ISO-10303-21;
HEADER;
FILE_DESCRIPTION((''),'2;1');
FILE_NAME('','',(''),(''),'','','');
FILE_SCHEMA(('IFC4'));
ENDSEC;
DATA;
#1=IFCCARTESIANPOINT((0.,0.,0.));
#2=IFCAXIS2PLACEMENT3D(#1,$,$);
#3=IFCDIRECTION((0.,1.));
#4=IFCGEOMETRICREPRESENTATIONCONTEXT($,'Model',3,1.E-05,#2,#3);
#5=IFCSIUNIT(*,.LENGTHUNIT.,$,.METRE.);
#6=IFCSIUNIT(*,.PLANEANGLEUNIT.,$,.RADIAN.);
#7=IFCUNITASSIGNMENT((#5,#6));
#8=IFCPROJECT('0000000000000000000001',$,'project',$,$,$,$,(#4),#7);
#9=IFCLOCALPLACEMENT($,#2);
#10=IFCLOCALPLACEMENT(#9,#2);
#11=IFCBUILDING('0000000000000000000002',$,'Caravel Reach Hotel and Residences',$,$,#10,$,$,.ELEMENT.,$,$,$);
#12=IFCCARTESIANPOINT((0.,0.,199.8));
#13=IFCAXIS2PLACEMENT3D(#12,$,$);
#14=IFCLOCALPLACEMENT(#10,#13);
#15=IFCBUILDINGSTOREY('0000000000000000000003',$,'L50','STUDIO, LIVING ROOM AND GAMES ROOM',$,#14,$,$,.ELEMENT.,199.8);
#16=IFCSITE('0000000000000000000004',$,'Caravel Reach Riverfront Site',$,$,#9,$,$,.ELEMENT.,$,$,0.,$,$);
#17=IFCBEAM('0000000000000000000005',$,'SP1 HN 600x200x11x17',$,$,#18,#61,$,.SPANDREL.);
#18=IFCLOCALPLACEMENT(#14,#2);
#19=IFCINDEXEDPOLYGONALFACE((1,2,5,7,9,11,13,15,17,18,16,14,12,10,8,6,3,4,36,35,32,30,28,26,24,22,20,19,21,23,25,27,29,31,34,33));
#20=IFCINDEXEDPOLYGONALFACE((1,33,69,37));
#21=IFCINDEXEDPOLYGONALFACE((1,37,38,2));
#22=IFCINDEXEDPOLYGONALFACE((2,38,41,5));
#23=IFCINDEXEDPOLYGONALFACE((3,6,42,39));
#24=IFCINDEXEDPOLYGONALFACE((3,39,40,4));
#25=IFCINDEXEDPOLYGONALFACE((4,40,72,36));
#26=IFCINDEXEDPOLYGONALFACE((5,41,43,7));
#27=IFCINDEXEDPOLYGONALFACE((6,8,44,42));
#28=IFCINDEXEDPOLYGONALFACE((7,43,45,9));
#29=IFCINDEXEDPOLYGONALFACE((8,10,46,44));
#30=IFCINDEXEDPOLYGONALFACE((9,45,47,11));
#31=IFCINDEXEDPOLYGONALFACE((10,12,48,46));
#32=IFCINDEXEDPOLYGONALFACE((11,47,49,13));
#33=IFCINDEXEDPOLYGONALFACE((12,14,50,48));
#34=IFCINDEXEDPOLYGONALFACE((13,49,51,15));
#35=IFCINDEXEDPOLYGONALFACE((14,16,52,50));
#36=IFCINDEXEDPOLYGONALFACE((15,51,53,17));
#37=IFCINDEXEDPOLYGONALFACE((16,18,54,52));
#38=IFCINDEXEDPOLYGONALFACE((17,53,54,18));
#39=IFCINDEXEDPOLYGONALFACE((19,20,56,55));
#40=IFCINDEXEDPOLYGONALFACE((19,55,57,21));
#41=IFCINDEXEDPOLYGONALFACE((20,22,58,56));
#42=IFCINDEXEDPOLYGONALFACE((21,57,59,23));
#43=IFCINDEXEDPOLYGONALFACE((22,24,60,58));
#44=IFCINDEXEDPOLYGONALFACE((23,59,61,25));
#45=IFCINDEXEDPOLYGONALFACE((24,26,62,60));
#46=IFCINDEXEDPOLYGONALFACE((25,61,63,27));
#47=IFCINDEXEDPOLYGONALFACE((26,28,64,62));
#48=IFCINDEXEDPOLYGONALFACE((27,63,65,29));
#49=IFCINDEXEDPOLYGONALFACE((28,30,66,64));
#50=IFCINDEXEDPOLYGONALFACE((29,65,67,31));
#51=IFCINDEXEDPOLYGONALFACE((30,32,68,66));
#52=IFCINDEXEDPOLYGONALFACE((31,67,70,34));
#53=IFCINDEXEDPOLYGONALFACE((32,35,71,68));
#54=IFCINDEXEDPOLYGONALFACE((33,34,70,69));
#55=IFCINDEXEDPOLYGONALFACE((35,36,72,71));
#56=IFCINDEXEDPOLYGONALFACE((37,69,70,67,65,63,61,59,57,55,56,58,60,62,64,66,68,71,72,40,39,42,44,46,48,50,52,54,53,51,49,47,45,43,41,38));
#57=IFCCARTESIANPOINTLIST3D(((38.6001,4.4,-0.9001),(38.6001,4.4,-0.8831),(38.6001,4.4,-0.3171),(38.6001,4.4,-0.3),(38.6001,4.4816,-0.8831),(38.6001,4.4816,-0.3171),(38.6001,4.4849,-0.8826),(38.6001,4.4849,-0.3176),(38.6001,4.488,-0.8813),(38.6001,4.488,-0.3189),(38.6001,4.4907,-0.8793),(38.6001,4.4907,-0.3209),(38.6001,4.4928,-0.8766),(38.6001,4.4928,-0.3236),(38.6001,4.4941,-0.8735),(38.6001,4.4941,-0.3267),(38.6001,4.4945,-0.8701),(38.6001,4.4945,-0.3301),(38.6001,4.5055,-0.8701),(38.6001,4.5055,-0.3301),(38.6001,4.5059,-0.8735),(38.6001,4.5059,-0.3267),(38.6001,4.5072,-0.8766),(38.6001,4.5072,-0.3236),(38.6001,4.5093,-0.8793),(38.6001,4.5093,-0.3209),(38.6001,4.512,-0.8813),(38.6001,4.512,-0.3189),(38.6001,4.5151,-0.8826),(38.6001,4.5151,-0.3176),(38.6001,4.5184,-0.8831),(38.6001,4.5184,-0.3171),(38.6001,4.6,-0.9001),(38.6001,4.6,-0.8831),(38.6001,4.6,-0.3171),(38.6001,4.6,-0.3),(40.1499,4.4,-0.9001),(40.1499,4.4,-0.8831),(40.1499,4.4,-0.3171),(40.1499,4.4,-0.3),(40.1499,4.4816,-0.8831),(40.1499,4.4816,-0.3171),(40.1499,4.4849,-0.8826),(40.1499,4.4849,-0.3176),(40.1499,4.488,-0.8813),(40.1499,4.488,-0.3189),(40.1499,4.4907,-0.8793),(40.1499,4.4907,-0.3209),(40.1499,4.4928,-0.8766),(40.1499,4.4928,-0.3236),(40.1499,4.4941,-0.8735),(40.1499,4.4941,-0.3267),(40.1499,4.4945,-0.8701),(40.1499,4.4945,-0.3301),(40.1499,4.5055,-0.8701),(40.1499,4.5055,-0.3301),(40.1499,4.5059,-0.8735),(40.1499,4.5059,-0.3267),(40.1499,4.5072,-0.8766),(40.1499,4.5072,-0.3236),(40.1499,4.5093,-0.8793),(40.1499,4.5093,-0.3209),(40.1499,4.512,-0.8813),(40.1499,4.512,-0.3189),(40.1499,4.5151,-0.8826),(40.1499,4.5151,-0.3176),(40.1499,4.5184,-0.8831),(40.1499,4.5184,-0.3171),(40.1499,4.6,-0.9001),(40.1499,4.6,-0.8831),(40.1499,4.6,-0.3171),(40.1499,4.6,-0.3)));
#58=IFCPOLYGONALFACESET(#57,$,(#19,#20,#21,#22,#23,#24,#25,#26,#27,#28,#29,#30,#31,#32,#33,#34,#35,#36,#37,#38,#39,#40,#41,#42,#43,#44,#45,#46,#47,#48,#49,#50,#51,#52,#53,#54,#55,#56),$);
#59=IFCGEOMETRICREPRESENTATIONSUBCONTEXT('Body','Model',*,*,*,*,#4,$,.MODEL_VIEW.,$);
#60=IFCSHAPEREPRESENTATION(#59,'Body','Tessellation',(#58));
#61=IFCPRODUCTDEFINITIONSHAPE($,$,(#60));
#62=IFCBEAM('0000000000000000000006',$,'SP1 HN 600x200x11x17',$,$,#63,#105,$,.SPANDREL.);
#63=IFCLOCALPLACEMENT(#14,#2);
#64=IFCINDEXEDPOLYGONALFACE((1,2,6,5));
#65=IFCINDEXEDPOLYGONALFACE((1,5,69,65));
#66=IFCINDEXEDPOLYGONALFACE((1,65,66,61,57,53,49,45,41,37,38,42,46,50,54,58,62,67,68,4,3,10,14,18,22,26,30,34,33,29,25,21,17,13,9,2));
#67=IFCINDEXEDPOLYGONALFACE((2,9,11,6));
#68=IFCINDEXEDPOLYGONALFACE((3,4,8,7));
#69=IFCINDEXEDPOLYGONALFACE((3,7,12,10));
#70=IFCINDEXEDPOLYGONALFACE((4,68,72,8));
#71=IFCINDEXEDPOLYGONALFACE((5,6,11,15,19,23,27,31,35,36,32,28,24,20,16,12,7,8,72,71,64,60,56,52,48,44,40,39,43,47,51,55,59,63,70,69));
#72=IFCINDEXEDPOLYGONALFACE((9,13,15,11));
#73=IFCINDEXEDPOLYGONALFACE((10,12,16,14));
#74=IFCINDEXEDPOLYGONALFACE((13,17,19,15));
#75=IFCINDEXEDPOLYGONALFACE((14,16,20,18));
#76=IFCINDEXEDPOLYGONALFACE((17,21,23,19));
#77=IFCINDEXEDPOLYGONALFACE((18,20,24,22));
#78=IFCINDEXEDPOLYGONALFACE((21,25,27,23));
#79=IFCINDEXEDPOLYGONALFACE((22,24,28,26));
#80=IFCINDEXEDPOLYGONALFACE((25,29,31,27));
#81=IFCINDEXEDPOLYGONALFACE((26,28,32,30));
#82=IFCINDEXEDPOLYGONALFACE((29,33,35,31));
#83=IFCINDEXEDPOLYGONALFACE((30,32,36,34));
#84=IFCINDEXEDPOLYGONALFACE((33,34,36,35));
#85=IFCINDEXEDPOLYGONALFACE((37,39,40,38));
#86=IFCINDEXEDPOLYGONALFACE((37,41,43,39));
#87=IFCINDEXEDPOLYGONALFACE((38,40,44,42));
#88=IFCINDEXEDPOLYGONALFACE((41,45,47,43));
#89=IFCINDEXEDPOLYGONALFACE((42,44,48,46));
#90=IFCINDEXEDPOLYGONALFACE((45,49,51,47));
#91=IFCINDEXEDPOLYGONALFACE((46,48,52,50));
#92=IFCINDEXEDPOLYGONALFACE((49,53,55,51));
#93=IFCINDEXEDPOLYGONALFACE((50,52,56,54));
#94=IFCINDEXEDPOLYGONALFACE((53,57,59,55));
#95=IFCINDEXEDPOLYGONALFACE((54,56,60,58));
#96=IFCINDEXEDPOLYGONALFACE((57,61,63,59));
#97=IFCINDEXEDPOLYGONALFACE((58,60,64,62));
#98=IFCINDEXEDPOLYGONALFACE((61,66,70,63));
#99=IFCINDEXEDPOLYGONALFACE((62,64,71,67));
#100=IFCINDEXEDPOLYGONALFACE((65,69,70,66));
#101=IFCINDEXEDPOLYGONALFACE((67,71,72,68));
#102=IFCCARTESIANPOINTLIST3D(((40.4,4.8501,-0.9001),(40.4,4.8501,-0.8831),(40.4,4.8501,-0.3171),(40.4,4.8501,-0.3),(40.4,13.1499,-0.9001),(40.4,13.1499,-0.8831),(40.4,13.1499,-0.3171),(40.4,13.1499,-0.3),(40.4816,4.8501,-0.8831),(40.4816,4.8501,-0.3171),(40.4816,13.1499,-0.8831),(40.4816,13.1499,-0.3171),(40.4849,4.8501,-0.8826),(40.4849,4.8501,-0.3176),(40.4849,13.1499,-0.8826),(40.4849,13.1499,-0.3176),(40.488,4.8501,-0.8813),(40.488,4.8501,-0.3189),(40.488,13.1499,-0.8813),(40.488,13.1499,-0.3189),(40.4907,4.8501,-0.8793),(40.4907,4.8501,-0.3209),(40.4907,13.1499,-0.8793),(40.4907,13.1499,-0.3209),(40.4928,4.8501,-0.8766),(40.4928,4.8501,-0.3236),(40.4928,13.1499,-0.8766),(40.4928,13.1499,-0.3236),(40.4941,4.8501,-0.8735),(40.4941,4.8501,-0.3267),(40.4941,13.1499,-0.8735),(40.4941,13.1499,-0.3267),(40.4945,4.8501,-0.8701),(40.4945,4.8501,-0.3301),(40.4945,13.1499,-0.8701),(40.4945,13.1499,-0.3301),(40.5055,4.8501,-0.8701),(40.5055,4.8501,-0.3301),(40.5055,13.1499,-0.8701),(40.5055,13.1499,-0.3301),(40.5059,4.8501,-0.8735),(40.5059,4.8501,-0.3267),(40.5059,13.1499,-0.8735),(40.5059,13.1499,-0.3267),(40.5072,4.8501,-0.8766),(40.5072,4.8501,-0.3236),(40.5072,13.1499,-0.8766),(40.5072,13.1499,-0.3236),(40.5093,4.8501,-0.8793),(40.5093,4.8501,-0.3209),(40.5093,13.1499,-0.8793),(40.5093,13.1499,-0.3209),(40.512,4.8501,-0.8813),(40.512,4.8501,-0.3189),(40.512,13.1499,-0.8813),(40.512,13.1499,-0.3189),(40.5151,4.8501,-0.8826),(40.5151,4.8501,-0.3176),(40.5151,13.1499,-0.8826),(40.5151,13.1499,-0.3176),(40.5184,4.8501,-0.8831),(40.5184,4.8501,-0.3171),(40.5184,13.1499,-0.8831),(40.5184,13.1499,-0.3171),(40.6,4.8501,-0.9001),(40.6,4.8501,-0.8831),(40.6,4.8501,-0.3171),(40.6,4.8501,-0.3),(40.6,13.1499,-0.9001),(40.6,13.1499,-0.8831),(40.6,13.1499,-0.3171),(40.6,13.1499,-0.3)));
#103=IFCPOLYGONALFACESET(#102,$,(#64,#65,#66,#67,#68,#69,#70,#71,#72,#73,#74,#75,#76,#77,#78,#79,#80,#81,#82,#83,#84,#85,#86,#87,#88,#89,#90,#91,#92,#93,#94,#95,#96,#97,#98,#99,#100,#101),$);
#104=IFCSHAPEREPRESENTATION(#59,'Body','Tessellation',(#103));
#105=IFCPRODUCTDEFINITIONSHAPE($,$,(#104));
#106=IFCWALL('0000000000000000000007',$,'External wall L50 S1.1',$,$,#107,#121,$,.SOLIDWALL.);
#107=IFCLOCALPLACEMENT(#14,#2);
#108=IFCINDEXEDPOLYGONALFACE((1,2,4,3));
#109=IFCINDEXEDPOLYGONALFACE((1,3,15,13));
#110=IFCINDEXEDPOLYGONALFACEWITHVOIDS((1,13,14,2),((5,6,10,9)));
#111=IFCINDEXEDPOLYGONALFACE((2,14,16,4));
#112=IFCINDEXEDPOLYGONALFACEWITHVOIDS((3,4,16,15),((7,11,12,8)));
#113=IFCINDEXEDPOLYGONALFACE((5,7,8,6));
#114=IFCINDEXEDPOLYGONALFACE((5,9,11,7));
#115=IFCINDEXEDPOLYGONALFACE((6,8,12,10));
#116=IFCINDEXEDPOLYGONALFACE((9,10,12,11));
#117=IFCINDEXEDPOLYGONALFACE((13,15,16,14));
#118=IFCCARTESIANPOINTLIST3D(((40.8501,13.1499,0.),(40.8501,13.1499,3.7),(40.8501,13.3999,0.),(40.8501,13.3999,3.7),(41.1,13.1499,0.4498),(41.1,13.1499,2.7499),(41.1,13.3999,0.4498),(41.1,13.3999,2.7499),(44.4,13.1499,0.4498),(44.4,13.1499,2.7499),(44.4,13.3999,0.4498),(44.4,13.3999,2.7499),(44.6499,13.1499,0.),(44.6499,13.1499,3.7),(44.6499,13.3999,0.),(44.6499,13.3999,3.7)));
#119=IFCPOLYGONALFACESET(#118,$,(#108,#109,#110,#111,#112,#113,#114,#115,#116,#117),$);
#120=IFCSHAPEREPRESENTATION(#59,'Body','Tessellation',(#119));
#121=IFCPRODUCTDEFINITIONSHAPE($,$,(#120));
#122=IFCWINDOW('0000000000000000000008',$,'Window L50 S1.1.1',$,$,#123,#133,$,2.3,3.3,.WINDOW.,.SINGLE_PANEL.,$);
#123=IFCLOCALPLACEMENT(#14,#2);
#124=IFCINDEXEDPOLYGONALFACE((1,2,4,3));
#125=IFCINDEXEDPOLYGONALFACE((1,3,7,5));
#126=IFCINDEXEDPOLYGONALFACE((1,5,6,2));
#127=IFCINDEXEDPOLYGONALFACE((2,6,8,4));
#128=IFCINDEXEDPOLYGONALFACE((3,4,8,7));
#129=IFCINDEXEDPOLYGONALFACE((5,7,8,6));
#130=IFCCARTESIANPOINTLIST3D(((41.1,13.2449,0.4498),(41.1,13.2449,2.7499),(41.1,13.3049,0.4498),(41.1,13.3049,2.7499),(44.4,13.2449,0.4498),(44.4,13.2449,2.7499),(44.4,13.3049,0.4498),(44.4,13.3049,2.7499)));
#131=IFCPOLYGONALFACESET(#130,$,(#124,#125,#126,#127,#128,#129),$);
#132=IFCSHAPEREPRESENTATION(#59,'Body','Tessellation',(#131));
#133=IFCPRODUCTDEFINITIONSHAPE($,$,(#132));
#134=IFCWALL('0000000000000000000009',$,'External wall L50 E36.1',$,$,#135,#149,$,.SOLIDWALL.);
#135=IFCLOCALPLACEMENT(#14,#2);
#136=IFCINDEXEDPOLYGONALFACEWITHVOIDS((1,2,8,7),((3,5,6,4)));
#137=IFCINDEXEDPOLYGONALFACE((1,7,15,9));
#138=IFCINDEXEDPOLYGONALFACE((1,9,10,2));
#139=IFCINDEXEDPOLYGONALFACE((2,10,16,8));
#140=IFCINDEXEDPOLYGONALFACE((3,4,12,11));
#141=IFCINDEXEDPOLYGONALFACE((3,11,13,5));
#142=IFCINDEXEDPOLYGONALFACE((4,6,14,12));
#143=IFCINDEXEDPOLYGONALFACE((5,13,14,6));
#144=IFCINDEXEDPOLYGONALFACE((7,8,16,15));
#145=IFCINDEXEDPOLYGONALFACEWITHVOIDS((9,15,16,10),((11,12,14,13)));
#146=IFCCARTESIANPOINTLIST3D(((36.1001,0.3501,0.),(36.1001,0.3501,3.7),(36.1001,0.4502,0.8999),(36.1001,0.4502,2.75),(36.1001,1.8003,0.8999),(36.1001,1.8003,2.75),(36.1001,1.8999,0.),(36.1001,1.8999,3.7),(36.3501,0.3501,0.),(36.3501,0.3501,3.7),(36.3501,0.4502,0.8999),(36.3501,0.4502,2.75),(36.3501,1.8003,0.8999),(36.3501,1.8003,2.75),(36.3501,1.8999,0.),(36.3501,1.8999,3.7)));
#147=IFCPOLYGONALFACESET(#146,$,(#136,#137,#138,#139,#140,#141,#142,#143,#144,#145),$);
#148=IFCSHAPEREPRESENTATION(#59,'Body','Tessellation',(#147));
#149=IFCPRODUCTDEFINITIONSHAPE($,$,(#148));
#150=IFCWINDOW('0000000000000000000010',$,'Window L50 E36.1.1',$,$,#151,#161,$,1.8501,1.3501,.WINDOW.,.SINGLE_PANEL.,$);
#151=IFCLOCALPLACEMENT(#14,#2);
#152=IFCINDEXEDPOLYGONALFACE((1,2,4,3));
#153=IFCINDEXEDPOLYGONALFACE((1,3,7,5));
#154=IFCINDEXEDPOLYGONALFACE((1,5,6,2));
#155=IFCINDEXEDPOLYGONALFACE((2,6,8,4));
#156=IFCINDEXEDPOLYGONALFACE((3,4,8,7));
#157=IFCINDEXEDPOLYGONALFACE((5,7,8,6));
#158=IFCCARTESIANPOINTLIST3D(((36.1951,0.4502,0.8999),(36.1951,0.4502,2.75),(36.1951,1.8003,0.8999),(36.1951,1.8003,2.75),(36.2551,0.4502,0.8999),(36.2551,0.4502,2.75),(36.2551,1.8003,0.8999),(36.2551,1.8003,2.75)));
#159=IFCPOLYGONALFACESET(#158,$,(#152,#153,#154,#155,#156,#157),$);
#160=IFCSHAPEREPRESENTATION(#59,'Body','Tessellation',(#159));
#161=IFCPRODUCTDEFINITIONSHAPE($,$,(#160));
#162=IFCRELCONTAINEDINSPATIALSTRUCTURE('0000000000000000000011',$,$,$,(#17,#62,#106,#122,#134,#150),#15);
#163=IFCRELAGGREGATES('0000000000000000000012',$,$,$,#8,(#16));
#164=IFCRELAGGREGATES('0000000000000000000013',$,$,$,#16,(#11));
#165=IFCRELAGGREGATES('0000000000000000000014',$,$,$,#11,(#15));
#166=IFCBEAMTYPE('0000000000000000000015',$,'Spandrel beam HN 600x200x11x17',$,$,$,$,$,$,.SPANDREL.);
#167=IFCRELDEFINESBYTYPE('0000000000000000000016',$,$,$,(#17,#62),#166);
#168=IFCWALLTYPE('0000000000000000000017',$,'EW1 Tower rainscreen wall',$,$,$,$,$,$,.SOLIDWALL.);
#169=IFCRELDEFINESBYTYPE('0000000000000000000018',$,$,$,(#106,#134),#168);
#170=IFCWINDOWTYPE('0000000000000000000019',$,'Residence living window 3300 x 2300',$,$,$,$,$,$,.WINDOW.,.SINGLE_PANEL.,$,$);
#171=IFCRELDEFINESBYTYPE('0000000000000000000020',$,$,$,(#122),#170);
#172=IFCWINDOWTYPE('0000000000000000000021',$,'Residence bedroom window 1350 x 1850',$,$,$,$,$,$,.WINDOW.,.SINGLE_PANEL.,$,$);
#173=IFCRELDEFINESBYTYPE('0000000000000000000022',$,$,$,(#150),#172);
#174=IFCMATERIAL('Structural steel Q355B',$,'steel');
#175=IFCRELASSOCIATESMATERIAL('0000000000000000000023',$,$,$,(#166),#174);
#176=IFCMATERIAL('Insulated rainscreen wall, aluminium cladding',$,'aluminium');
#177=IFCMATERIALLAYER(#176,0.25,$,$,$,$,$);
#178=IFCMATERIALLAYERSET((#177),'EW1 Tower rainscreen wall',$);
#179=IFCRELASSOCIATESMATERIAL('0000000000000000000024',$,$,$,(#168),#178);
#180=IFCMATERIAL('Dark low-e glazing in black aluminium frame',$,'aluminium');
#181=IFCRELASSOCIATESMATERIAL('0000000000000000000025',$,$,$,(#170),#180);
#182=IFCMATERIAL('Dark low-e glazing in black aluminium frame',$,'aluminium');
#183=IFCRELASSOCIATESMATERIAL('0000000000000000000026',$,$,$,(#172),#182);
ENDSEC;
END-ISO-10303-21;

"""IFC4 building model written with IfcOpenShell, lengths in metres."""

from ifc_helpers import new_model, si_unit, direction, frame, frame_2d, origin, origin_2d, place, context, subcontext, project, spatial, rectangle, i_section, extrude, material, layer, layer_set, material_profile, profile_set, type_object, element, fill, save


model = new_model("IFC4")

# Units and contexts
model_context = context("Model", 3, precision=1e-05, world=origin(), true_north=direction((0.0, 1.0)))
body_context = subcontext(model_context, "Body", "Model", "MODEL_VIEW")
ifc_project = project(units=[si_unit("LENGTHUNIT", "METRE"), si_unit("PLANEANGLEUNIT", "RADIAN")], contexts=[model_context])

# Site, building, storey
site_placement = place(None, origin())
site = spatial("IfcSite", under=ifc_project, at=site_placement, Name="Caravel Reach Riverfront Site", CompositionType="ELEMENT", RefElevation=0.0)
building_placement = place(site_placement, origin())
building = spatial("IfcBuilding", under=site, at=building_placement, Name="Caravel Reach Hotel and Residences", CompositionType="ELEMENT")
storey_placement = place(building_placement, frame((0.0, 0.0, 199.8)))
storey = spatial("IfcBuildingStorey", under=building, at=storey_placement, Name="L50", Description="STUDIO, LIVING ROOM AND GAMES ROOM", CompositionType="ELEMENT", Elevation=199.8)

# Beams
ifc_material_1 = material(Name="Structural steel Q355B", Category="steel")
ifc_material_profile_1 = material_profile(ifc_material_1, i_section(OverallWidth=0.2, OverallDepth=0.6001, WebThickness=0.011, FlangeThickness=0.0171, FilletRadius=0.0129, at=origin_2d()), Name="HN 600x200x11x17")
ifc_profile_set_1 = profile_set([ifc_material_profile_1], Name="Structural steel Q355B")
beam_type_1 = type_object("IfcBeamType", Name="Spandrel beam HN 600x200x11x17", PredefinedType="SPANDREL", material=ifc_profile_set_1)
for number, where, z_axis, x_axis, name in (
    (1, (38.6001, 4.5, -0.6001), (1.0, 0.0, 0.0), (0.0, 1.0, 0.0), "SP1 HN 600x200x11x17"),
):
    element("IfcBeam", number, at=place(storey_placement, frame(where, z_axis=z_axis, x_axis=x_axis)), inside=storey, type_object=beam_type_1, Name=name, PredefinedType="SPANDREL", context=body_context, shape_type="SweptSolid", body=[
        extrude(i_section(OverallWidth=0.2, OverallDepth=0.6001, WebThickness=0.011, FlangeThickness=0.0171, FilletRadius=0.0129, at=origin_2d()), origin(), (0.0, 0.0, 1.0), 1.5498),
    ])
beam_1_placement = place(storey_placement, frame((40.5, 4.8501, -0.6001), z_axis=(0.0, 1.0, 0.0), x_axis=(-1.0, 0.0, 0.0)))
element("IfcBeam", 2, at=beam_1_placement, inside=storey, type_object=beam_type_1, Name="SP1 HN 600x200x11x17", PredefinedType="SPANDREL", context=body_context, shape_type="SweptSolid", body=[
    extrude(i_section(OverallWidth=0.2, OverallDepth=0.6001, WebThickness=0.011, FlangeThickness=0.0171, FilletRadius=0.0129, at=origin_2d()), origin(), (0.0, 0.0, 1.0), 8.2998),
])

# Walls, openings, windows
ifc_material_2 = material(Name="Insulated rainscreen wall, aluminium cladding", Category="aluminium")
ifc_layer_1 = layer(ifc_material_2, 0.25)
ifc_layer_set_1 = layer_set([ifc_layer_1], Name="EW1 Tower rainscreen wall")
wall_type_1 = type_object("IfcWallType", Name="EW1 Tower rainscreen wall", PredefinedType="SOLIDWALL", material=ifc_layer_set_1)
wall_1_placement = place(storey_placement, frame((40.8501, 13.2749, 0.0), z_axis=(0.0, 0.0, 1.0), x_axis=(1.0, 0.0, 0.0)))
wall_1 = element("IfcWall", 3, at=wall_1_placement, inside=storey, type_object=wall_type_1, Name="External wall L50 S1.1", PredefinedType="SOLIDWALL", context=body_context, shape_type="SweptSolid", body=[
    extrude(rectangle(XDim=3.7998, YDim=0.25, at=frame_2d((1.8999, 0.0))), origin(), (0.0, 0.0, 1.0), 3.7),
])
opening_1_placement = place(wall_1_placement, frame((0.25, 0.0, 0.45)))
opening_1 = element("IfcOpeningElement", 4, at=opening_1_placement, cuts=wall_1, PredefinedType="OPENING", context=body_context, shape_type="SweptSolid", body=[
    extrude(rectangle(XDim=3.3, YDim=2.3, at=frame_2d((1.6499, 1.1499))), frame((0.0, 0.135, 0.0), z_axis=(0.0, -1.0, 0.0), x_axis=(1.0, 0.0, 0.0)), (0.0, 0.0, 1.0), 0.27),
])
ifc_material_3 = material(Name="Dark low-e glazing in black aluminium frame", Category="aluminium")
window_type_1 = type_object("IfcWindowType", Name="Residence living window 3300 x 2300", PartitioningType="SINGLE_PANEL", PredefinedType="WINDOW", material=ifc_material_3)
window_1_placement = place(opening_1_placement, origin())
window_1 = element("IfcWindow", 5, at=window_1_placement, inside=storey, type_object=window_type_1, Name="Window L50 S1.1.1", OverallHeight=2.3, OverallWidth=3.3, PartitioningType="SINGLE_PANEL", PredefinedType="WINDOW", context=body_context, shape_type="SweptSolid", body=[
    extrude(rectangle(XDim=3.3, YDim=2.3, at=frame_2d((1.6499, 1.1499))), frame((0.0, 0.03, 0.0), z_axis=(0.0, -1.0, 0.0), x_axis=(1.0, 0.0, 0.0)), (0.0, 0.0, 1.0), 0.0601),
])
fill(opening_1, window_1)
wall_2_placement = place(storey_placement, frame((36.2251, 0.3501, 0.0), z_axis=(0.0, 0.0, 1.0), x_axis=(0.0, 1.0, 0.0)))
wall_2 = element("IfcWall", 6, at=wall_2_placement, inside=storey, type_object=wall_type_1, Name="External wall L50 E36.1", PredefinedType="SOLIDWALL", context=body_context, shape_type="SweptSolid", body=[
    extrude(rectangle(XDim=1.5498, YDim=0.25, at=frame_2d((0.7749, 0.0))), origin(), (0.0, 0.0, 1.0), 3.7),
])
opening_2_placement = place(wall_2_placement, frame((0.1001, 0.0, 0.8999)))
opening_2 = element("IfcOpeningElement", 7, at=opening_2_placement, cuts=wall_2, PredefinedType="OPENING", context=body_context, shape_type="SweptSolid", body=[
    extrude(rectangle(XDim=1.3501, YDim=1.8501, at=frame_2d((0.675, 0.925))), frame((0.0, 0.135, 0.0), z_axis=(0.0, -1.0, 0.0), x_axis=(1.0, 0.0, 0.0)), (0.0, 0.0, 1.0), 0.27),
])
ifc_material_4 = material(Name="Dark low-e glazing in black aluminium frame", Category="aluminium")
window_type_2 = type_object("IfcWindowType", Name="Residence bedroom window 1350 x 1850", PartitioningType="SINGLE_PANEL", PredefinedType="WINDOW", material=ifc_material_4)
window_2_placement = place(opening_2_placement, origin())
window_2 = element("IfcWindow", 8, at=window_2_placement, inside=storey, type_object=window_type_2, Name="Window L50 E36.1.1", OverallHeight=1.8501, OverallWidth=1.3501, PartitioningType="SINGLE_PANEL", PredefinedType="WINDOW", context=body_context, shape_type="SweptSolid", body=[
    extrude(rectangle(XDim=1.3501, YDim=1.8501, at=frame_2d((0.675, 0.925))), frame((0.0, 0.03, 0.0), z_axis=(0.0, -1.0, 0.0), x_axis=(1.0, 0.0, 0.0)), (0.0, 0.0, 1.0), 0.0601),
])
fill(opening_2, window_2)

save(model, "model.ifc")
